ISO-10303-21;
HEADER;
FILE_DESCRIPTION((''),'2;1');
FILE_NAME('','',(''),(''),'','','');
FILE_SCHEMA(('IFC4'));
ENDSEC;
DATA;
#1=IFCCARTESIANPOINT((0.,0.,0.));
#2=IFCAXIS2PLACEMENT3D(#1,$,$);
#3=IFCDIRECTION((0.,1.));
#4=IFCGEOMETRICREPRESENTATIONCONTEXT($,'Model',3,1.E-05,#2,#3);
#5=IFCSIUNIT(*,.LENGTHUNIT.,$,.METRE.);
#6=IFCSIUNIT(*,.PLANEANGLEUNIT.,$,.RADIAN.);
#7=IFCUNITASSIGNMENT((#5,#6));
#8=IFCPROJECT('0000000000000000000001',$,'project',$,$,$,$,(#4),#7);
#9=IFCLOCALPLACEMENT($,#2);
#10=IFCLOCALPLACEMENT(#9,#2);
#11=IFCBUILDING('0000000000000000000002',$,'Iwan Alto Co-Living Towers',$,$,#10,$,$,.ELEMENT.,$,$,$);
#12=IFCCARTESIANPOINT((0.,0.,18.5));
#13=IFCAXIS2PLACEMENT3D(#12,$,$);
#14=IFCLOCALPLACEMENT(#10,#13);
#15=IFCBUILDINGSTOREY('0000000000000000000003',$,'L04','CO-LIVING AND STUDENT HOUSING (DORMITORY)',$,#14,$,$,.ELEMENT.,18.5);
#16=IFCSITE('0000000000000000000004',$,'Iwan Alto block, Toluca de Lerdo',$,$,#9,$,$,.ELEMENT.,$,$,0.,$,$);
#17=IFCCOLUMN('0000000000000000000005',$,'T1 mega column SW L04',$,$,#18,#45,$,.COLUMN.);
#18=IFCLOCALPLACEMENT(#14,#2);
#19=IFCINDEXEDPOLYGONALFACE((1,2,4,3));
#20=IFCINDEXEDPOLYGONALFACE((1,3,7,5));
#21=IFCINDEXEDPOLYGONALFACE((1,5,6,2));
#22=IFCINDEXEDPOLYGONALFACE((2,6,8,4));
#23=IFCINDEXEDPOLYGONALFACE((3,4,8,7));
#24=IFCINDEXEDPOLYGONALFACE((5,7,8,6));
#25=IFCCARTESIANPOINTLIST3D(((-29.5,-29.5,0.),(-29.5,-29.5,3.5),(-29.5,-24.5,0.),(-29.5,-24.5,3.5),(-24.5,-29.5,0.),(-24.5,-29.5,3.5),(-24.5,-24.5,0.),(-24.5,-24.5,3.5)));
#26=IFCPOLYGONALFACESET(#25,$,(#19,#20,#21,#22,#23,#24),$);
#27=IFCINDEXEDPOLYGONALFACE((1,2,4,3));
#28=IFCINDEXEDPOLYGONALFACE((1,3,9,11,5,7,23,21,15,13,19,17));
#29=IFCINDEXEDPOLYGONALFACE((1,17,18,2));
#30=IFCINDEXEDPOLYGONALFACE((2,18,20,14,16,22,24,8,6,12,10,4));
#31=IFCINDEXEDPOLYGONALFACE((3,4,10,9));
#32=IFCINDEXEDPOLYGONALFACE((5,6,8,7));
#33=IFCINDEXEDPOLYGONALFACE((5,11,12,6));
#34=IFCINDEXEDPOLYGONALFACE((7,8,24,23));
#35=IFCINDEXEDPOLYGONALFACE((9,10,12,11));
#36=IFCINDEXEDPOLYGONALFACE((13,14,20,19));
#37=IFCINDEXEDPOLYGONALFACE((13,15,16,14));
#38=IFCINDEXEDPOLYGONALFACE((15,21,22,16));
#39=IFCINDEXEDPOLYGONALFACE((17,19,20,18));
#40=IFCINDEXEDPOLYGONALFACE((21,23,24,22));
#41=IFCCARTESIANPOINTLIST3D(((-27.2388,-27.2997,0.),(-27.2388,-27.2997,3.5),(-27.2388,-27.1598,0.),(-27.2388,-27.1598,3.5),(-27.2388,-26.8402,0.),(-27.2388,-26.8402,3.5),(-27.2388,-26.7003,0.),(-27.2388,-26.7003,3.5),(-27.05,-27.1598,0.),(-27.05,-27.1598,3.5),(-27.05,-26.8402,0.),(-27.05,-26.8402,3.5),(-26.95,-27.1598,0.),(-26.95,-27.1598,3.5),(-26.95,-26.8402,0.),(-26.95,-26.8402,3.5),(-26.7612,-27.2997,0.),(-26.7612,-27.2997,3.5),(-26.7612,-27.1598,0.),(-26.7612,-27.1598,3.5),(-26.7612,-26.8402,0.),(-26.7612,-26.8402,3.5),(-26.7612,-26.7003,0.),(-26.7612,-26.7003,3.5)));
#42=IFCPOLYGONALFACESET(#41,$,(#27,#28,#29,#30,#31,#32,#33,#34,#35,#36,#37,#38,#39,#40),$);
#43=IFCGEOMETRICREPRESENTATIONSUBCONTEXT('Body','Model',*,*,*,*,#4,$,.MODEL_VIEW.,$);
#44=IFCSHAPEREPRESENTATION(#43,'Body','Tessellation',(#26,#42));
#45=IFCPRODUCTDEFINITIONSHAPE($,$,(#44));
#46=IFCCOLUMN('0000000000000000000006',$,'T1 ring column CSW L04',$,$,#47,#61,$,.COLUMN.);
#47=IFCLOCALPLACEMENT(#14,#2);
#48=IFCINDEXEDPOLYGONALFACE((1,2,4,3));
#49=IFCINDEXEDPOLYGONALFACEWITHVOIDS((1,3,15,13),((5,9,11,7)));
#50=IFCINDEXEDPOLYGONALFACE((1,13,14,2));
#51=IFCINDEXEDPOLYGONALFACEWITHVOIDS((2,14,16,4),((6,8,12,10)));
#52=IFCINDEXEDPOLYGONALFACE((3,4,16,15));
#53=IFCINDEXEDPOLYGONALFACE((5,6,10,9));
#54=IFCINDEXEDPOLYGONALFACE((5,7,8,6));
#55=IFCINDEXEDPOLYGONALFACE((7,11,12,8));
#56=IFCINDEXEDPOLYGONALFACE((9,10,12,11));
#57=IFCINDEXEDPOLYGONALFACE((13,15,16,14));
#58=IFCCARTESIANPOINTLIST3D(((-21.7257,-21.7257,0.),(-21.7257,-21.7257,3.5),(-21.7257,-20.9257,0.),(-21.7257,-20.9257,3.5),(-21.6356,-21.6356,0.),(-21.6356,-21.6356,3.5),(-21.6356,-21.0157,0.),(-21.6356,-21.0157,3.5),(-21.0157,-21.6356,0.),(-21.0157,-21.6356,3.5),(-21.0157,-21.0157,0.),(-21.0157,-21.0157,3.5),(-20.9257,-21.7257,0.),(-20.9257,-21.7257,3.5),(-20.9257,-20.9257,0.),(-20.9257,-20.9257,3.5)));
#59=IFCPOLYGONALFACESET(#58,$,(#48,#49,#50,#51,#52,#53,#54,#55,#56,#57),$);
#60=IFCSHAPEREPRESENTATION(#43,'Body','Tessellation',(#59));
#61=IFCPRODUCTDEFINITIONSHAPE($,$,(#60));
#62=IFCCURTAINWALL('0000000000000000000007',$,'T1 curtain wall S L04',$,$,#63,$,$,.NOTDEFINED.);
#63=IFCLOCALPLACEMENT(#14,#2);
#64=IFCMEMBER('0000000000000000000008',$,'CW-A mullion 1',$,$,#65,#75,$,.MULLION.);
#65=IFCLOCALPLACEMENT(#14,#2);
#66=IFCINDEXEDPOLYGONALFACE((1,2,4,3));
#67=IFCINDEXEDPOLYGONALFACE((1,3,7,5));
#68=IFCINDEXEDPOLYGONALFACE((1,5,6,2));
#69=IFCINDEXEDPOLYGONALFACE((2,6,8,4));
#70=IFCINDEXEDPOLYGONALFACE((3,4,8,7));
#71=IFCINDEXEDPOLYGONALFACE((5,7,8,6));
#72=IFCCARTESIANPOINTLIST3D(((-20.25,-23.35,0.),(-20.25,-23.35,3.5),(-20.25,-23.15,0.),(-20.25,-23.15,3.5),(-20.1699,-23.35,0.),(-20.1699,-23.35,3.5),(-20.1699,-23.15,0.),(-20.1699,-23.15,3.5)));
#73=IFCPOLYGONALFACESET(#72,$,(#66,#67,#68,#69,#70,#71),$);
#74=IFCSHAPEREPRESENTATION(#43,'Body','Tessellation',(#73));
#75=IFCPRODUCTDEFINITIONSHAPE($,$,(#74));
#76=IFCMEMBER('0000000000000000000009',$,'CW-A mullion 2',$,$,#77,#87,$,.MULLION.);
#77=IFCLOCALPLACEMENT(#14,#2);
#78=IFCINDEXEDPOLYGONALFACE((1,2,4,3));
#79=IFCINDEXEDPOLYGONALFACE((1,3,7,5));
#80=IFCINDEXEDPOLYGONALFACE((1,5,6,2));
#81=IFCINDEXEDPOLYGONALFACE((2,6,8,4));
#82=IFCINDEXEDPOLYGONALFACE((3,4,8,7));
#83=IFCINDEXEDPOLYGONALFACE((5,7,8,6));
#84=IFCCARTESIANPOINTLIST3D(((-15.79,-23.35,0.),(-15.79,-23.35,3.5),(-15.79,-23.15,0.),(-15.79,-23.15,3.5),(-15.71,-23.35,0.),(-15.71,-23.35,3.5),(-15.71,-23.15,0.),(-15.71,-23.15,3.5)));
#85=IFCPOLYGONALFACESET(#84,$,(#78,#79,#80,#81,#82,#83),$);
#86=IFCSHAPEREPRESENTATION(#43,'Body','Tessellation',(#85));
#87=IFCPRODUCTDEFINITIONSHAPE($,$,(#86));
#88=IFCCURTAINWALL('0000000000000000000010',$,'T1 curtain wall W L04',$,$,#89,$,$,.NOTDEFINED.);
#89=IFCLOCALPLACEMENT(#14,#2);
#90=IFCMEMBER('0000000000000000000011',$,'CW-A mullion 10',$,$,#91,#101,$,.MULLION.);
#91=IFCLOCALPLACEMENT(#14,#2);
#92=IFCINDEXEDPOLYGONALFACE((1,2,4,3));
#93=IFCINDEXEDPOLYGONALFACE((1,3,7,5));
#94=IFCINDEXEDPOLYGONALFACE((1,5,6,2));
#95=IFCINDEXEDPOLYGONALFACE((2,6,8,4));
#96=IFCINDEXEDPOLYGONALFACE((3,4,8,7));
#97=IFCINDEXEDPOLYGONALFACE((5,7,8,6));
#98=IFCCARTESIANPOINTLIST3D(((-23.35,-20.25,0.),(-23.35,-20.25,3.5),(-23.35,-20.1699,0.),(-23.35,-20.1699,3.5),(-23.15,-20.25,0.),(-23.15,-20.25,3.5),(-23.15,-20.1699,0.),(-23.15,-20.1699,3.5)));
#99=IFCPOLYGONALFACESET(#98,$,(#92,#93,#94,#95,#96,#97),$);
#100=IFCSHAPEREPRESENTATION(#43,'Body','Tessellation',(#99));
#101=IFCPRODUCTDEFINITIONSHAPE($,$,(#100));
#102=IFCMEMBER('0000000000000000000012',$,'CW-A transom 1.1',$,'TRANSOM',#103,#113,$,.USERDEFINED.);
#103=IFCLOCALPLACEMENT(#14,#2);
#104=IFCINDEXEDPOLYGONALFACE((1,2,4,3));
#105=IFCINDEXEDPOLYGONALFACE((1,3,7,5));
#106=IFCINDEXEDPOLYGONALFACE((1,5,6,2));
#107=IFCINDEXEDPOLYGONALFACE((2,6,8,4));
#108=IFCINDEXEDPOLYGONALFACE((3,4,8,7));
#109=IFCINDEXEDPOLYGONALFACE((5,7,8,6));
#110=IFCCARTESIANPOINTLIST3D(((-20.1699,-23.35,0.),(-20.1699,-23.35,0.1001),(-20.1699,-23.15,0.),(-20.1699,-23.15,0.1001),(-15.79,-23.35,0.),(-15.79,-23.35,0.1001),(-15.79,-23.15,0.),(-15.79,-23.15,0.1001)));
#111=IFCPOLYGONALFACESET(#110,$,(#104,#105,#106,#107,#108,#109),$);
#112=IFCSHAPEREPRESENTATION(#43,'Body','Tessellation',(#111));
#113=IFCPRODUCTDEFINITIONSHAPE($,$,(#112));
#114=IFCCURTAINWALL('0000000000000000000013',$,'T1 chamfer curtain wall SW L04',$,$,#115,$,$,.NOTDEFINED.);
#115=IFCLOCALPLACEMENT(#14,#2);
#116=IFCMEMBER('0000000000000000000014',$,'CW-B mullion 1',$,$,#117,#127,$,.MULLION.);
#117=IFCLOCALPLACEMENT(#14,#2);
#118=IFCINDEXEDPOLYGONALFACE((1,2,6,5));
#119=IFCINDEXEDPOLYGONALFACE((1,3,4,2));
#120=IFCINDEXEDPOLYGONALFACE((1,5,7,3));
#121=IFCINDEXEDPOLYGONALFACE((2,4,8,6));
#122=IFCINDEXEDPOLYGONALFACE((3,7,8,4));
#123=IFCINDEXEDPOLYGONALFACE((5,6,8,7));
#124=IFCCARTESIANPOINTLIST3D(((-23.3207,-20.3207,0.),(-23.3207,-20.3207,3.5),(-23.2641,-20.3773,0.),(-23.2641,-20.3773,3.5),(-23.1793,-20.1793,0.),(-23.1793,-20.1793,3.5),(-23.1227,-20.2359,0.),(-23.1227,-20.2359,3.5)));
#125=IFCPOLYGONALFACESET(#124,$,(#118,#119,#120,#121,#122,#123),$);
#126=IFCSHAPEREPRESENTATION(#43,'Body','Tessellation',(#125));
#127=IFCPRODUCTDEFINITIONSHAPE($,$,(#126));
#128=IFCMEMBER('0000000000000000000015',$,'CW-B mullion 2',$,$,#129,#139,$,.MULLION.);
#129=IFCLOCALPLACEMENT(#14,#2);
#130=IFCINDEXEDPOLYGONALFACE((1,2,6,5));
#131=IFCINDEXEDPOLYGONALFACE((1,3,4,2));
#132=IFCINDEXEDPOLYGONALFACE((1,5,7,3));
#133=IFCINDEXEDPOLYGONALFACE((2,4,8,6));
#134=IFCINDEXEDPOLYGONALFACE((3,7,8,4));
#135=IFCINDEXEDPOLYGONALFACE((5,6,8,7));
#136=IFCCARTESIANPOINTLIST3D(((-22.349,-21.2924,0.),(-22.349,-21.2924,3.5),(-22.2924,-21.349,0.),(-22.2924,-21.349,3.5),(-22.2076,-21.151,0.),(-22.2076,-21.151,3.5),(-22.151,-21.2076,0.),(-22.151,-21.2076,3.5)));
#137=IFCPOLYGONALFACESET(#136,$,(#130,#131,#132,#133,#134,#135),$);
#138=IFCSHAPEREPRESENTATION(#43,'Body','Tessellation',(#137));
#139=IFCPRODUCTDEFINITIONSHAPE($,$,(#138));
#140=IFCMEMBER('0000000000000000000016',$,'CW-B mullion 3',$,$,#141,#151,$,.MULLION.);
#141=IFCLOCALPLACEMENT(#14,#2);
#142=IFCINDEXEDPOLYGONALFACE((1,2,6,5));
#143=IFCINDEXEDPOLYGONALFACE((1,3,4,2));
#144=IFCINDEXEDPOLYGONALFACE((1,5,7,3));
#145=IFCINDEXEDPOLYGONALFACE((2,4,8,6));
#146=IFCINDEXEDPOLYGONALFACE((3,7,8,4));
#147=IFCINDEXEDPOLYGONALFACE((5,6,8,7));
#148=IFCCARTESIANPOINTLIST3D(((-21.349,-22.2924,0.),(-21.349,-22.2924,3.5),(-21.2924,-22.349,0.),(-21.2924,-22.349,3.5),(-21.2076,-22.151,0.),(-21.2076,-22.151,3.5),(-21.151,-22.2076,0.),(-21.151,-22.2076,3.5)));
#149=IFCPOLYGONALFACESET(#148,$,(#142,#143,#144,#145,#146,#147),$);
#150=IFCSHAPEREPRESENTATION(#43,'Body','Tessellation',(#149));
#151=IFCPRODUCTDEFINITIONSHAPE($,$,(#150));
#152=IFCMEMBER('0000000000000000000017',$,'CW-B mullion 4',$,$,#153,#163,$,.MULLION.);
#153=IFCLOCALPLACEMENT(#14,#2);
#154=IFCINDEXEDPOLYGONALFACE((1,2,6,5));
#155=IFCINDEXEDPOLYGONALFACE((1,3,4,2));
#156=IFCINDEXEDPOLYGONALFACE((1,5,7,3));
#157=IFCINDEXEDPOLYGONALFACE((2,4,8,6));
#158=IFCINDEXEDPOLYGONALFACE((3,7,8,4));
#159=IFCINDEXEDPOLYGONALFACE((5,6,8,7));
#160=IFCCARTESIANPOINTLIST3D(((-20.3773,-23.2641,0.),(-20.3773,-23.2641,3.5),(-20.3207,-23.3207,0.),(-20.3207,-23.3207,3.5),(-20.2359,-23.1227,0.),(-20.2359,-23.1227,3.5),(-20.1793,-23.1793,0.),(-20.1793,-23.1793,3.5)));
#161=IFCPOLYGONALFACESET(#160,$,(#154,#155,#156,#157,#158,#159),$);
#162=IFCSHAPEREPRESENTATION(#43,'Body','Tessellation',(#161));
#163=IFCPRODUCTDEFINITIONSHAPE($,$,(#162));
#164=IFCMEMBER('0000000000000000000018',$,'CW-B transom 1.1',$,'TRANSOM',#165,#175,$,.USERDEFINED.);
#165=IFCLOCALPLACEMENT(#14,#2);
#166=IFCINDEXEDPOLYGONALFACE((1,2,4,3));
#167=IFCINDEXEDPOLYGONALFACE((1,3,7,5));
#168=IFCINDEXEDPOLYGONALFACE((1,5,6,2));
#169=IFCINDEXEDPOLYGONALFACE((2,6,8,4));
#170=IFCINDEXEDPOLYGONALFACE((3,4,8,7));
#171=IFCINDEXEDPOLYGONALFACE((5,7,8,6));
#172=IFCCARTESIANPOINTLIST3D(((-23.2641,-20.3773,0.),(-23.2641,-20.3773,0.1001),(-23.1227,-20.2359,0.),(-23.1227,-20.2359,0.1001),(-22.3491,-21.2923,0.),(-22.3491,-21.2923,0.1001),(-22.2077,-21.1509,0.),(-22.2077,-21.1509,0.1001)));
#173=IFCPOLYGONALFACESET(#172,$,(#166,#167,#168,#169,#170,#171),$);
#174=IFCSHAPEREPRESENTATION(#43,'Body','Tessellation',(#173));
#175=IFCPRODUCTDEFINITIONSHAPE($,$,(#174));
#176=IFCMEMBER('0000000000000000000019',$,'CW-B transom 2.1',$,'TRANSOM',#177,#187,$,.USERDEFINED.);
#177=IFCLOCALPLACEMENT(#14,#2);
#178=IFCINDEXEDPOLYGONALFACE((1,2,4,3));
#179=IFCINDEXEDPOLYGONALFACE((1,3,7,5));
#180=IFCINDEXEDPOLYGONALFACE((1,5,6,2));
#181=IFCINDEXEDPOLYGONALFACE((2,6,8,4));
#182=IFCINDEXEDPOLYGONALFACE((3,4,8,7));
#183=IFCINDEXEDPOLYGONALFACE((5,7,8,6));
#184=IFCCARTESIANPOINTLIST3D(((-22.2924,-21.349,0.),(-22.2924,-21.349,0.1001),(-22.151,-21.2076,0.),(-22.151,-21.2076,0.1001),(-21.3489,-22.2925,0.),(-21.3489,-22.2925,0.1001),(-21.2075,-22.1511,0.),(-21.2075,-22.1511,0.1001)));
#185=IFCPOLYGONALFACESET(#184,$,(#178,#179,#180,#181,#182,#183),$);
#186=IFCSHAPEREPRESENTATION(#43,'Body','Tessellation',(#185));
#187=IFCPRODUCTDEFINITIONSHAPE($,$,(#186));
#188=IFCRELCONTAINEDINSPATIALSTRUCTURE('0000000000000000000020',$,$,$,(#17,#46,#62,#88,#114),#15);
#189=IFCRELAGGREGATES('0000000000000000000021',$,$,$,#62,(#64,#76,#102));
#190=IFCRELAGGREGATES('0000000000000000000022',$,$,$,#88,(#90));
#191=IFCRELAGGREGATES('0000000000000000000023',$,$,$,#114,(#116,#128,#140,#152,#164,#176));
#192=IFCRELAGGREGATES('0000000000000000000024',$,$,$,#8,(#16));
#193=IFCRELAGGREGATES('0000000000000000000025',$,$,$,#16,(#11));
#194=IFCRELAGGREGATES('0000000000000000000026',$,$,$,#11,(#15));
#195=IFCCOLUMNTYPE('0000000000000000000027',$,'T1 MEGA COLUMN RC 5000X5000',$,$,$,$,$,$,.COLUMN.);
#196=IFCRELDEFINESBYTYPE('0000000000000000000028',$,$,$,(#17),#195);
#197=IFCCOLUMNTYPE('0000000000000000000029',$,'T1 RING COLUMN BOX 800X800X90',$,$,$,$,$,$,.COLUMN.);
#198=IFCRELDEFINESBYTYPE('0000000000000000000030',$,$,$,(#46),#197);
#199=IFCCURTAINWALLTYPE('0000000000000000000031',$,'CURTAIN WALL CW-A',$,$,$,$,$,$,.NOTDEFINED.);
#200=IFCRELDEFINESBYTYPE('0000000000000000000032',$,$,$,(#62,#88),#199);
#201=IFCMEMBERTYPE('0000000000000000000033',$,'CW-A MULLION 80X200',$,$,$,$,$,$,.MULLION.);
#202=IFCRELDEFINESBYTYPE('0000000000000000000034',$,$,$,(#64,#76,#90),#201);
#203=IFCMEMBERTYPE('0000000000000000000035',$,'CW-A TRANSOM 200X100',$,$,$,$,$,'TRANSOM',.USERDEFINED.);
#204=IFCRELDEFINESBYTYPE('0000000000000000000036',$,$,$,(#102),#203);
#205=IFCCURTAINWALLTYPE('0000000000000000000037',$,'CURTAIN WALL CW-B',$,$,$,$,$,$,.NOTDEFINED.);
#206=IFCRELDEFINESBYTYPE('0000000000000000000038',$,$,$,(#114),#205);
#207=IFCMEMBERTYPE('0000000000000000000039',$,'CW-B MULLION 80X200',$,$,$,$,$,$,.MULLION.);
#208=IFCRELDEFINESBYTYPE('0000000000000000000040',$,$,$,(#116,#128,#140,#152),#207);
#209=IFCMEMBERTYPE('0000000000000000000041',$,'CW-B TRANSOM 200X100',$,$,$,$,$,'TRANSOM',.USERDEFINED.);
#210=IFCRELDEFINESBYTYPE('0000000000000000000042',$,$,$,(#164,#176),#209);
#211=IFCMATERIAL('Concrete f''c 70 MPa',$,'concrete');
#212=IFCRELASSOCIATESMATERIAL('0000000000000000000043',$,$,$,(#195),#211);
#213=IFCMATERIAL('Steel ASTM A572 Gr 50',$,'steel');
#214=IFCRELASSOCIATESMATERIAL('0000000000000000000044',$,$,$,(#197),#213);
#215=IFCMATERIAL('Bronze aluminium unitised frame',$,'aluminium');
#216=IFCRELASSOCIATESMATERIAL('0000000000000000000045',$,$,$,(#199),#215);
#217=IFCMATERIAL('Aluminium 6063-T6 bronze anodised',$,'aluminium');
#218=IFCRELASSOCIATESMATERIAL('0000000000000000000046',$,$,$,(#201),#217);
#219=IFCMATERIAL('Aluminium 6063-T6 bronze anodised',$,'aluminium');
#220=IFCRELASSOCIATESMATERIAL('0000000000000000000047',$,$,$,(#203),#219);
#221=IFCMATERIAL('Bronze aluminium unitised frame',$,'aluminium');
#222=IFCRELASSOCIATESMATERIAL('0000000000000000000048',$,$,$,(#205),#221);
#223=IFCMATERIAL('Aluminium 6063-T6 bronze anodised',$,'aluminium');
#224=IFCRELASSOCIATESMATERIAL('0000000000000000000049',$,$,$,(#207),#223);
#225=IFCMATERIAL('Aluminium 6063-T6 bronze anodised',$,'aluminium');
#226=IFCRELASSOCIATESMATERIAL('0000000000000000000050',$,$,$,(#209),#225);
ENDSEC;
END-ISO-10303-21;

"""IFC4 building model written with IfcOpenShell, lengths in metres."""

from ifc_helpers import new_model, si_unit, direction, frame, origin, origin_2d, place, context, subcontext, project, spatial, rectangle, hollow_rectangle, i_section, extrude, material, material_profile, profile_set, type_object, element, aggregate, save


model = new_model("IFC4")

# Units and contexts
model_context = context("Model", 3, precision=1e-05, world=origin(), true_north=direction((0.0, 1.0)))
body_context = subcontext(model_context, "Body", "Model", "MODEL_VIEW")
ifc_project = project(units=[si_unit("LENGTHUNIT", "METRE"), si_unit("PLANEANGLEUNIT", "RADIAN")], contexts=[model_context])

# Site, building, storey
site_placement = place(None, origin())
site = spatial("IfcSite", under=ifc_project, at=site_placement, Name="Iwan Alto block, Toluca de Lerdo", CompositionType="ELEMENT", RefElevation=0.0)
building_placement = place(site_placement, origin())
building = spatial("IfcBuilding", under=site, at=building_placement, Name="Iwan Alto Co-Living Towers", CompositionType="ELEMENT")
storey_placement = place(building_placement, frame((0.0, 0.0, 18.5)))
storey = spatial("IfcBuildingStorey", under=building, at=storey_placement, Name="L04", Description="CO-LIVING AND STUDENT HOUSING (DORMITORY)", CompositionType="ELEMENT", Elevation=18.5)

# Columns
ifc_material_1 = material(Name="Concrete f'c 70 MPa", Category="concrete")
ifc_material_profile_1 = material_profile(ifc_material_1, rectangle(XDim=5.0, YDim=5.0, at=origin_2d()), Name="RC 5000X5000")
ifc_profile_set_1 = profile_set([ifc_material_profile_1], Name="Concrete f'c 70 MPa")
column_type_1 = type_object("IfcColumnType", Name="T1 MEGA COLUMN RC 5000X5000", PredefinedType="COLUMN", material=ifc_profile_set_1)
column_1_placement = place(storey_placement, frame((-27.0, -27.0, 0.0), z_axis=(0.0, 0.0, 1.0), x_axis=(1.0, 0.0, 0.0)))
element("IfcColumn", 1, at=column_1_placement, inside=storey, type_object=column_type_1, Name="T1 mega column SW L04", PredefinedType="COLUMN", context=body_context, shape_type="SweptSolid", body=[
    extrude(rectangle(XDim=5.0, YDim=5.0, at=origin_2d()), origin(), (0.0, 0.0, 1.0), 3.5),
    extrude(i_section(OverallWidth=0.4775, OverallDepth=0.5994, WebThickness=0.1001, FlangeThickness=0.1399, at=origin_2d()), origin(), (0.0, 0.0, 1.0), 3.5),
])
ifc_material_2 = material(Name="Steel ASTM A572 Gr 50", Category="steel")
ifc_material_profile_2 = material_profile(ifc_material_2, hollow_rectangle(XDim=0.8, YDim=0.8, WallThickness=0.0901, at=origin_2d()), Name="BOX 800X800X90")
ifc_profile_set_2 = profile_set([ifc_material_profile_2], Name="Steel ASTM A572 Gr 50")
column_type_2 = type_object("IfcColumnType", Name="T1 RING COLUMN BOX 800X800X90", PredefinedType="COLUMN", material=ifc_profile_set_2)
column_2_placement = place(storey_placement, frame((-21.3257, -21.3257, 0.0), z_axis=(0.0, 0.0, 1.0), x_axis=(1.0, 0.0, 0.0)))
element("IfcColumn", 2, at=column_2_placement, inside=storey, type_object=column_type_2, Name="T1 ring column CSW L04", PredefinedType="COLUMN", context=body_context, shape_type="SweptSolid", body=[
    extrude(hollow_rectangle(XDim=0.8, YDim=0.8, WallThickness=0.0901, at=origin_2d()), origin(), (0.0, 0.0, 1.0), 3.5),
])

# Curtain wall, members
ifc_material_3 = material(Name="Bronze aluminium unitised frame", Category="aluminium")
curtain_wall_type_1 = type_object("IfcCurtainWallType", Name="CURTAIN WALL CW-A", PredefinedType="NOTDEFINED", material=ifc_material_3)
curtain_wall_1_placement = place(storey_placement, origin())
curtain_wall_1 = element("IfcCurtainWall", 3, at=curtain_wall_1_placement, inside=storey, type_object=curtain_wall_type_1, Name="T1 curtain wall S L04", PredefinedType="NOTDEFINED")
ifc_material_4 = material(Name="Aluminium 6063-T6 bronze anodised", Category="aluminium")
ifc_material_profile_3 = material_profile(ifc_material_4, rectangle(XDim=0.2, YDim=0.0801, at=origin_2d()), Name="AL 80X200")
ifc_profile_set_3 = profile_set([ifc_material_profile_3], Name="Aluminium 6063-T6 bronze anodised")
member_type_1 = type_object("IfcMemberType", Name="CW-A MULLION 80X200", PredefinedType="MULLION", material=ifc_profile_set_3)
member_1_placement = place(storey_placement, frame((-20.21, -23.25, 0.0), z_axis=(0.0, 0.0, 1.0), x_axis=(0.0, 1.0, 0.0)))
member_1 = element("IfcMember", 4, at=member_1_placement, type_object=member_type_1, Name="CW-A mullion 1", PredefinedType="MULLION", context=body_context, shape_type="SweptSolid", body=[
    extrude(rectangle(XDim=0.2, YDim=0.0801, at=origin_2d()), origin(), (0.0, 0.0, 1.0), 3.5),
])
member_2_placement = place(storey_placement, frame((-15.75, -23.25, 0.0), z_axis=(0.0, 0.0, 1.0), x_axis=(0.0, 1.0, 0.0)))
member_2 = element("IfcMember", 5, at=member_2_placement, type_object=member_type_1, Name="CW-A mullion 2", PredefinedType="MULLION", context=body_context, shape_type="SweptSolid", body=[
    extrude(rectangle(XDim=0.2, YDim=0.0801, at=origin_2d()), origin(), (0.0, 0.0, 1.0), 3.5),
])

# Curtain wall, member
curtain_wall_2_placement = place(storey_placement, origin())
curtain_wall_2 = element("IfcCurtainWall", 6, at=curtain_wall_2_placement, inside=storey, type_object=curtain_wall_type_1, Name="T1 curtain wall W L04", PredefinedType="NOTDEFINED")
member_3_placement = place(storey_placement, frame((-23.25, -20.21, 0.0), z_axis=(0.0, 0.0, 1.0), x_axis=(1.0, 0.0, 0.0)))
member_3 = element("IfcMember", 7, at=member_3_placement, type_object=member_type_1, Name="CW-A mullion 10", PredefinedType="MULLION", context=body_context, shape_type="SweptSolid", body=[
    extrude(rectangle(XDim=0.2, YDim=0.0801, at=origin_2d()), origin(), (0.0, 0.0, 1.0), 3.5),
])

# Member
ifc_material_5 = material(Name="Aluminium 6063-T6 bronze anodised", Category="aluminium")
ifc_material_profile_4 = material_profile(ifc_material_5, rectangle(XDim=0.2, YDim=0.1001, at=origin_2d()), Name="AL 200X100")
ifc_profile_set_4 = profile_set([ifc_material_profile_4], Name="Aluminium 6063-T6 bronze anodised")
member_type_2 = type_object("IfcMemberType", Name="CW-A TRANSOM 200X100", ElementType="TRANSOM", PredefinedType="USERDEFINED", material=ifc_profile_set_4)
member_4_placement = place(storey_placement, frame((-20.1699, -23.25, 0.05), z_axis=(1.0, 0.0, 0.0), x_axis=(0.0, 1.0, 0.0)))
member_4 = element("IfcMember", 8, at=member_4_placement, type_object=member_type_2, Name="CW-A transom 1.1", ObjectType="TRANSOM", PredefinedType="USERDEFINED", context=body_context, shape_type="SweptSolid", body=[
    extrude(rectangle(XDim=0.2, YDim=0.1001, at=origin_2d()), origin(), (0.0, 0.0, 1.0), 4.3799),
])

# Curtain wall, members
ifc_material_6 = material(Name="Bronze aluminium unitised frame", Category="aluminium")
curtain_wall_type_2 = type_object("IfcCurtainWallType", Name="CURTAIN WALL CW-B", PredefinedType="NOTDEFINED", material=ifc_material_6)
curtain_wall_3_placement = place(storey_placement, origin())
curtain_wall_3 = element("IfcCurtainWall", 9, at=curtain_wall_3_placement, inside=storey, type_object=curtain_wall_type_2, Name="T1 chamfer curtain wall SW L04", PredefinedType="NOTDEFINED")
ifc_material_7 = material(Name="Aluminium 6063-T6 bronze anodised", Category="aluminium")
ifc_material_profile_5 = material_profile(ifc_material_7, rectangle(XDim=0.2, YDim=0.0801, at=origin_2d()), Name="AL 80X200")
ifc_profile_set_5 = profile_set([ifc_material_profile_5], Name="Aluminium 6063-T6 bronze anodised")
member_type_3 = type_object("IfcMemberType", Name="CW-B MULLION 80X200", PredefinedType="MULLION", material=ifc_profile_set_5)
member_5_placement = place(storey_placement, frame((-23.2217, -20.2783, 0.0), z_axis=(0.0, 0.0, 1.0), x_axis=(0.707107, 0.707107, 0.0)))
member_5 = element("IfcMember", 10, at=member_5_placement, type_object=member_type_3, Name="CW-B mullion 1", PredefinedType="MULLION", context=body_context, shape_type="SweptSolid", body=[
    extrude(rectangle(XDim=0.2, YDim=0.0801, at=origin_2d()), origin(), (0.0, 0.0, 1.0), 3.5),
])
member_6_placement = place(storey_placement, frame((-22.25, -21.25, 0.0), z_axis=(0.0, 0.0, 1.0), x_axis=(0.707107, 0.707107, 0.0)))
member_6 = element("IfcMember", 11, at=member_6_placement, type_object=member_type_3, Name="CW-B mullion 2", PredefinedType="MULLION", context=body_context, shape_type="SweptSolid", body=[
    extrude(rectangle(XDim=0.2, YDim=0.0801, at=origin_2d()), origin(), (0.0, 0.0, 1.0), 3.5),
])
member_7_placement = place(storey_placement, frame((-21.25, -22.25, 0.0), z_axis=(0.0, 0.0, 1.0), x_axis=(0.707107, 0.707107, 0.0)))
member_7 = element("IfcMember", 12, at=member_7_placement, type_object=member_type_3, Name="CW-B mullion 3", PredefinedType="MULLION", context=body_context, shape_type="SweptSolid", body=[
    extrude(rectangle(XDim=0.2, YDim=0.0801, at=origin_2d()), origin(), (0.0, 0.0, 1.0), 3.5),
])
member_8_placement = place(storey_placement, frame((-20.2783, -23.2217, 0.0), z_axis=(0.0, 0.0, 1.0), x_axis=(0.707107, 0.707107, 0.0)))
member_8 = element("IfcMember", 13, at=member_8_placement, type_object=member_type_3, Name="CW-B mullion 4", PredefinedType="MULLION", context=body_context, shape_type="SweptSolid", body=[
    extrude(rectangle(XDim=0.2, YDim=0.0801, at=origin_2d()), origin(), (0.0, 0.0, 1.0), 3.5),
])
ifc_material_8 = material(Name="Aluminium 6063-T6 bronze anodised", Category="aluminium")
ifc_material_profile_6 = material_profile(ifc_material_8, rectangle(XDim=0.2, YDim=0.1001, at=origin_2d()), Name="AL 200X100")
ifc_profile_set_6 = profile_set([ifc_material_profile_6], Name="Aluminium 6063-T6 bronze anodised")
member_type_4 = type_object("IfcMemberType", Name="CW-B TRANSOM 200X100", ElementType="TRANSOM", PredefinedType="USERDEFINED", material=ifc_profile_set_6)
member_9_placement = place(storey_placement, frame((-23.1934, -20.3066, 0.05), z_axis=(0.707107, -0.707107, 0.0), x_axis=(0.707107, 0.707107, 0.0)))
member_9 = element("IfcMember", 14, at=member_9_placement, type_object=member_type_4, Name="CW-B transom 1.1", ObjectType="TRANSOM", PredefinedType="USERDEFINED", context=body_context, shape_type="SweptSolid", body=[
    extrude(rectangle(XDim=0.2, YDim=0.1001, at=origin_2d()), origin(), (0.0, 0.0, 1.0), 1.2939),
])
member_10_placement = place(storey_placement, frame((-22.2217, -21.2783, 0.05), z_axis=(0.707107, -0.707107, 0.0), x_axis=(0.707107, 0.707107, 0.0)))
member_10 = element("IfcMember", 15, at=member_10_placement, type_object=member_type_4, Name="CW-B transom 2.1", ObjectType="TRANSOM", PredefinedType="USERDEFINED", context=body_context, shape_type="SweptSolid", body=[
    extrude(rectangle(XDim=0.2, YDim=0.1001, at=origin_2d()), origin(), (0.0, 0.0, 1.0), 1.3342),
])

aggregate(curtain_wall_1, [member_1, member_2, member_4])
aggregate(curtain_wall_2, [member_3])
aggregate(curtain_wall_3, [member_5, member_6, member_7, member_8, member_9, member_10])

save(model, "model.ifc")
